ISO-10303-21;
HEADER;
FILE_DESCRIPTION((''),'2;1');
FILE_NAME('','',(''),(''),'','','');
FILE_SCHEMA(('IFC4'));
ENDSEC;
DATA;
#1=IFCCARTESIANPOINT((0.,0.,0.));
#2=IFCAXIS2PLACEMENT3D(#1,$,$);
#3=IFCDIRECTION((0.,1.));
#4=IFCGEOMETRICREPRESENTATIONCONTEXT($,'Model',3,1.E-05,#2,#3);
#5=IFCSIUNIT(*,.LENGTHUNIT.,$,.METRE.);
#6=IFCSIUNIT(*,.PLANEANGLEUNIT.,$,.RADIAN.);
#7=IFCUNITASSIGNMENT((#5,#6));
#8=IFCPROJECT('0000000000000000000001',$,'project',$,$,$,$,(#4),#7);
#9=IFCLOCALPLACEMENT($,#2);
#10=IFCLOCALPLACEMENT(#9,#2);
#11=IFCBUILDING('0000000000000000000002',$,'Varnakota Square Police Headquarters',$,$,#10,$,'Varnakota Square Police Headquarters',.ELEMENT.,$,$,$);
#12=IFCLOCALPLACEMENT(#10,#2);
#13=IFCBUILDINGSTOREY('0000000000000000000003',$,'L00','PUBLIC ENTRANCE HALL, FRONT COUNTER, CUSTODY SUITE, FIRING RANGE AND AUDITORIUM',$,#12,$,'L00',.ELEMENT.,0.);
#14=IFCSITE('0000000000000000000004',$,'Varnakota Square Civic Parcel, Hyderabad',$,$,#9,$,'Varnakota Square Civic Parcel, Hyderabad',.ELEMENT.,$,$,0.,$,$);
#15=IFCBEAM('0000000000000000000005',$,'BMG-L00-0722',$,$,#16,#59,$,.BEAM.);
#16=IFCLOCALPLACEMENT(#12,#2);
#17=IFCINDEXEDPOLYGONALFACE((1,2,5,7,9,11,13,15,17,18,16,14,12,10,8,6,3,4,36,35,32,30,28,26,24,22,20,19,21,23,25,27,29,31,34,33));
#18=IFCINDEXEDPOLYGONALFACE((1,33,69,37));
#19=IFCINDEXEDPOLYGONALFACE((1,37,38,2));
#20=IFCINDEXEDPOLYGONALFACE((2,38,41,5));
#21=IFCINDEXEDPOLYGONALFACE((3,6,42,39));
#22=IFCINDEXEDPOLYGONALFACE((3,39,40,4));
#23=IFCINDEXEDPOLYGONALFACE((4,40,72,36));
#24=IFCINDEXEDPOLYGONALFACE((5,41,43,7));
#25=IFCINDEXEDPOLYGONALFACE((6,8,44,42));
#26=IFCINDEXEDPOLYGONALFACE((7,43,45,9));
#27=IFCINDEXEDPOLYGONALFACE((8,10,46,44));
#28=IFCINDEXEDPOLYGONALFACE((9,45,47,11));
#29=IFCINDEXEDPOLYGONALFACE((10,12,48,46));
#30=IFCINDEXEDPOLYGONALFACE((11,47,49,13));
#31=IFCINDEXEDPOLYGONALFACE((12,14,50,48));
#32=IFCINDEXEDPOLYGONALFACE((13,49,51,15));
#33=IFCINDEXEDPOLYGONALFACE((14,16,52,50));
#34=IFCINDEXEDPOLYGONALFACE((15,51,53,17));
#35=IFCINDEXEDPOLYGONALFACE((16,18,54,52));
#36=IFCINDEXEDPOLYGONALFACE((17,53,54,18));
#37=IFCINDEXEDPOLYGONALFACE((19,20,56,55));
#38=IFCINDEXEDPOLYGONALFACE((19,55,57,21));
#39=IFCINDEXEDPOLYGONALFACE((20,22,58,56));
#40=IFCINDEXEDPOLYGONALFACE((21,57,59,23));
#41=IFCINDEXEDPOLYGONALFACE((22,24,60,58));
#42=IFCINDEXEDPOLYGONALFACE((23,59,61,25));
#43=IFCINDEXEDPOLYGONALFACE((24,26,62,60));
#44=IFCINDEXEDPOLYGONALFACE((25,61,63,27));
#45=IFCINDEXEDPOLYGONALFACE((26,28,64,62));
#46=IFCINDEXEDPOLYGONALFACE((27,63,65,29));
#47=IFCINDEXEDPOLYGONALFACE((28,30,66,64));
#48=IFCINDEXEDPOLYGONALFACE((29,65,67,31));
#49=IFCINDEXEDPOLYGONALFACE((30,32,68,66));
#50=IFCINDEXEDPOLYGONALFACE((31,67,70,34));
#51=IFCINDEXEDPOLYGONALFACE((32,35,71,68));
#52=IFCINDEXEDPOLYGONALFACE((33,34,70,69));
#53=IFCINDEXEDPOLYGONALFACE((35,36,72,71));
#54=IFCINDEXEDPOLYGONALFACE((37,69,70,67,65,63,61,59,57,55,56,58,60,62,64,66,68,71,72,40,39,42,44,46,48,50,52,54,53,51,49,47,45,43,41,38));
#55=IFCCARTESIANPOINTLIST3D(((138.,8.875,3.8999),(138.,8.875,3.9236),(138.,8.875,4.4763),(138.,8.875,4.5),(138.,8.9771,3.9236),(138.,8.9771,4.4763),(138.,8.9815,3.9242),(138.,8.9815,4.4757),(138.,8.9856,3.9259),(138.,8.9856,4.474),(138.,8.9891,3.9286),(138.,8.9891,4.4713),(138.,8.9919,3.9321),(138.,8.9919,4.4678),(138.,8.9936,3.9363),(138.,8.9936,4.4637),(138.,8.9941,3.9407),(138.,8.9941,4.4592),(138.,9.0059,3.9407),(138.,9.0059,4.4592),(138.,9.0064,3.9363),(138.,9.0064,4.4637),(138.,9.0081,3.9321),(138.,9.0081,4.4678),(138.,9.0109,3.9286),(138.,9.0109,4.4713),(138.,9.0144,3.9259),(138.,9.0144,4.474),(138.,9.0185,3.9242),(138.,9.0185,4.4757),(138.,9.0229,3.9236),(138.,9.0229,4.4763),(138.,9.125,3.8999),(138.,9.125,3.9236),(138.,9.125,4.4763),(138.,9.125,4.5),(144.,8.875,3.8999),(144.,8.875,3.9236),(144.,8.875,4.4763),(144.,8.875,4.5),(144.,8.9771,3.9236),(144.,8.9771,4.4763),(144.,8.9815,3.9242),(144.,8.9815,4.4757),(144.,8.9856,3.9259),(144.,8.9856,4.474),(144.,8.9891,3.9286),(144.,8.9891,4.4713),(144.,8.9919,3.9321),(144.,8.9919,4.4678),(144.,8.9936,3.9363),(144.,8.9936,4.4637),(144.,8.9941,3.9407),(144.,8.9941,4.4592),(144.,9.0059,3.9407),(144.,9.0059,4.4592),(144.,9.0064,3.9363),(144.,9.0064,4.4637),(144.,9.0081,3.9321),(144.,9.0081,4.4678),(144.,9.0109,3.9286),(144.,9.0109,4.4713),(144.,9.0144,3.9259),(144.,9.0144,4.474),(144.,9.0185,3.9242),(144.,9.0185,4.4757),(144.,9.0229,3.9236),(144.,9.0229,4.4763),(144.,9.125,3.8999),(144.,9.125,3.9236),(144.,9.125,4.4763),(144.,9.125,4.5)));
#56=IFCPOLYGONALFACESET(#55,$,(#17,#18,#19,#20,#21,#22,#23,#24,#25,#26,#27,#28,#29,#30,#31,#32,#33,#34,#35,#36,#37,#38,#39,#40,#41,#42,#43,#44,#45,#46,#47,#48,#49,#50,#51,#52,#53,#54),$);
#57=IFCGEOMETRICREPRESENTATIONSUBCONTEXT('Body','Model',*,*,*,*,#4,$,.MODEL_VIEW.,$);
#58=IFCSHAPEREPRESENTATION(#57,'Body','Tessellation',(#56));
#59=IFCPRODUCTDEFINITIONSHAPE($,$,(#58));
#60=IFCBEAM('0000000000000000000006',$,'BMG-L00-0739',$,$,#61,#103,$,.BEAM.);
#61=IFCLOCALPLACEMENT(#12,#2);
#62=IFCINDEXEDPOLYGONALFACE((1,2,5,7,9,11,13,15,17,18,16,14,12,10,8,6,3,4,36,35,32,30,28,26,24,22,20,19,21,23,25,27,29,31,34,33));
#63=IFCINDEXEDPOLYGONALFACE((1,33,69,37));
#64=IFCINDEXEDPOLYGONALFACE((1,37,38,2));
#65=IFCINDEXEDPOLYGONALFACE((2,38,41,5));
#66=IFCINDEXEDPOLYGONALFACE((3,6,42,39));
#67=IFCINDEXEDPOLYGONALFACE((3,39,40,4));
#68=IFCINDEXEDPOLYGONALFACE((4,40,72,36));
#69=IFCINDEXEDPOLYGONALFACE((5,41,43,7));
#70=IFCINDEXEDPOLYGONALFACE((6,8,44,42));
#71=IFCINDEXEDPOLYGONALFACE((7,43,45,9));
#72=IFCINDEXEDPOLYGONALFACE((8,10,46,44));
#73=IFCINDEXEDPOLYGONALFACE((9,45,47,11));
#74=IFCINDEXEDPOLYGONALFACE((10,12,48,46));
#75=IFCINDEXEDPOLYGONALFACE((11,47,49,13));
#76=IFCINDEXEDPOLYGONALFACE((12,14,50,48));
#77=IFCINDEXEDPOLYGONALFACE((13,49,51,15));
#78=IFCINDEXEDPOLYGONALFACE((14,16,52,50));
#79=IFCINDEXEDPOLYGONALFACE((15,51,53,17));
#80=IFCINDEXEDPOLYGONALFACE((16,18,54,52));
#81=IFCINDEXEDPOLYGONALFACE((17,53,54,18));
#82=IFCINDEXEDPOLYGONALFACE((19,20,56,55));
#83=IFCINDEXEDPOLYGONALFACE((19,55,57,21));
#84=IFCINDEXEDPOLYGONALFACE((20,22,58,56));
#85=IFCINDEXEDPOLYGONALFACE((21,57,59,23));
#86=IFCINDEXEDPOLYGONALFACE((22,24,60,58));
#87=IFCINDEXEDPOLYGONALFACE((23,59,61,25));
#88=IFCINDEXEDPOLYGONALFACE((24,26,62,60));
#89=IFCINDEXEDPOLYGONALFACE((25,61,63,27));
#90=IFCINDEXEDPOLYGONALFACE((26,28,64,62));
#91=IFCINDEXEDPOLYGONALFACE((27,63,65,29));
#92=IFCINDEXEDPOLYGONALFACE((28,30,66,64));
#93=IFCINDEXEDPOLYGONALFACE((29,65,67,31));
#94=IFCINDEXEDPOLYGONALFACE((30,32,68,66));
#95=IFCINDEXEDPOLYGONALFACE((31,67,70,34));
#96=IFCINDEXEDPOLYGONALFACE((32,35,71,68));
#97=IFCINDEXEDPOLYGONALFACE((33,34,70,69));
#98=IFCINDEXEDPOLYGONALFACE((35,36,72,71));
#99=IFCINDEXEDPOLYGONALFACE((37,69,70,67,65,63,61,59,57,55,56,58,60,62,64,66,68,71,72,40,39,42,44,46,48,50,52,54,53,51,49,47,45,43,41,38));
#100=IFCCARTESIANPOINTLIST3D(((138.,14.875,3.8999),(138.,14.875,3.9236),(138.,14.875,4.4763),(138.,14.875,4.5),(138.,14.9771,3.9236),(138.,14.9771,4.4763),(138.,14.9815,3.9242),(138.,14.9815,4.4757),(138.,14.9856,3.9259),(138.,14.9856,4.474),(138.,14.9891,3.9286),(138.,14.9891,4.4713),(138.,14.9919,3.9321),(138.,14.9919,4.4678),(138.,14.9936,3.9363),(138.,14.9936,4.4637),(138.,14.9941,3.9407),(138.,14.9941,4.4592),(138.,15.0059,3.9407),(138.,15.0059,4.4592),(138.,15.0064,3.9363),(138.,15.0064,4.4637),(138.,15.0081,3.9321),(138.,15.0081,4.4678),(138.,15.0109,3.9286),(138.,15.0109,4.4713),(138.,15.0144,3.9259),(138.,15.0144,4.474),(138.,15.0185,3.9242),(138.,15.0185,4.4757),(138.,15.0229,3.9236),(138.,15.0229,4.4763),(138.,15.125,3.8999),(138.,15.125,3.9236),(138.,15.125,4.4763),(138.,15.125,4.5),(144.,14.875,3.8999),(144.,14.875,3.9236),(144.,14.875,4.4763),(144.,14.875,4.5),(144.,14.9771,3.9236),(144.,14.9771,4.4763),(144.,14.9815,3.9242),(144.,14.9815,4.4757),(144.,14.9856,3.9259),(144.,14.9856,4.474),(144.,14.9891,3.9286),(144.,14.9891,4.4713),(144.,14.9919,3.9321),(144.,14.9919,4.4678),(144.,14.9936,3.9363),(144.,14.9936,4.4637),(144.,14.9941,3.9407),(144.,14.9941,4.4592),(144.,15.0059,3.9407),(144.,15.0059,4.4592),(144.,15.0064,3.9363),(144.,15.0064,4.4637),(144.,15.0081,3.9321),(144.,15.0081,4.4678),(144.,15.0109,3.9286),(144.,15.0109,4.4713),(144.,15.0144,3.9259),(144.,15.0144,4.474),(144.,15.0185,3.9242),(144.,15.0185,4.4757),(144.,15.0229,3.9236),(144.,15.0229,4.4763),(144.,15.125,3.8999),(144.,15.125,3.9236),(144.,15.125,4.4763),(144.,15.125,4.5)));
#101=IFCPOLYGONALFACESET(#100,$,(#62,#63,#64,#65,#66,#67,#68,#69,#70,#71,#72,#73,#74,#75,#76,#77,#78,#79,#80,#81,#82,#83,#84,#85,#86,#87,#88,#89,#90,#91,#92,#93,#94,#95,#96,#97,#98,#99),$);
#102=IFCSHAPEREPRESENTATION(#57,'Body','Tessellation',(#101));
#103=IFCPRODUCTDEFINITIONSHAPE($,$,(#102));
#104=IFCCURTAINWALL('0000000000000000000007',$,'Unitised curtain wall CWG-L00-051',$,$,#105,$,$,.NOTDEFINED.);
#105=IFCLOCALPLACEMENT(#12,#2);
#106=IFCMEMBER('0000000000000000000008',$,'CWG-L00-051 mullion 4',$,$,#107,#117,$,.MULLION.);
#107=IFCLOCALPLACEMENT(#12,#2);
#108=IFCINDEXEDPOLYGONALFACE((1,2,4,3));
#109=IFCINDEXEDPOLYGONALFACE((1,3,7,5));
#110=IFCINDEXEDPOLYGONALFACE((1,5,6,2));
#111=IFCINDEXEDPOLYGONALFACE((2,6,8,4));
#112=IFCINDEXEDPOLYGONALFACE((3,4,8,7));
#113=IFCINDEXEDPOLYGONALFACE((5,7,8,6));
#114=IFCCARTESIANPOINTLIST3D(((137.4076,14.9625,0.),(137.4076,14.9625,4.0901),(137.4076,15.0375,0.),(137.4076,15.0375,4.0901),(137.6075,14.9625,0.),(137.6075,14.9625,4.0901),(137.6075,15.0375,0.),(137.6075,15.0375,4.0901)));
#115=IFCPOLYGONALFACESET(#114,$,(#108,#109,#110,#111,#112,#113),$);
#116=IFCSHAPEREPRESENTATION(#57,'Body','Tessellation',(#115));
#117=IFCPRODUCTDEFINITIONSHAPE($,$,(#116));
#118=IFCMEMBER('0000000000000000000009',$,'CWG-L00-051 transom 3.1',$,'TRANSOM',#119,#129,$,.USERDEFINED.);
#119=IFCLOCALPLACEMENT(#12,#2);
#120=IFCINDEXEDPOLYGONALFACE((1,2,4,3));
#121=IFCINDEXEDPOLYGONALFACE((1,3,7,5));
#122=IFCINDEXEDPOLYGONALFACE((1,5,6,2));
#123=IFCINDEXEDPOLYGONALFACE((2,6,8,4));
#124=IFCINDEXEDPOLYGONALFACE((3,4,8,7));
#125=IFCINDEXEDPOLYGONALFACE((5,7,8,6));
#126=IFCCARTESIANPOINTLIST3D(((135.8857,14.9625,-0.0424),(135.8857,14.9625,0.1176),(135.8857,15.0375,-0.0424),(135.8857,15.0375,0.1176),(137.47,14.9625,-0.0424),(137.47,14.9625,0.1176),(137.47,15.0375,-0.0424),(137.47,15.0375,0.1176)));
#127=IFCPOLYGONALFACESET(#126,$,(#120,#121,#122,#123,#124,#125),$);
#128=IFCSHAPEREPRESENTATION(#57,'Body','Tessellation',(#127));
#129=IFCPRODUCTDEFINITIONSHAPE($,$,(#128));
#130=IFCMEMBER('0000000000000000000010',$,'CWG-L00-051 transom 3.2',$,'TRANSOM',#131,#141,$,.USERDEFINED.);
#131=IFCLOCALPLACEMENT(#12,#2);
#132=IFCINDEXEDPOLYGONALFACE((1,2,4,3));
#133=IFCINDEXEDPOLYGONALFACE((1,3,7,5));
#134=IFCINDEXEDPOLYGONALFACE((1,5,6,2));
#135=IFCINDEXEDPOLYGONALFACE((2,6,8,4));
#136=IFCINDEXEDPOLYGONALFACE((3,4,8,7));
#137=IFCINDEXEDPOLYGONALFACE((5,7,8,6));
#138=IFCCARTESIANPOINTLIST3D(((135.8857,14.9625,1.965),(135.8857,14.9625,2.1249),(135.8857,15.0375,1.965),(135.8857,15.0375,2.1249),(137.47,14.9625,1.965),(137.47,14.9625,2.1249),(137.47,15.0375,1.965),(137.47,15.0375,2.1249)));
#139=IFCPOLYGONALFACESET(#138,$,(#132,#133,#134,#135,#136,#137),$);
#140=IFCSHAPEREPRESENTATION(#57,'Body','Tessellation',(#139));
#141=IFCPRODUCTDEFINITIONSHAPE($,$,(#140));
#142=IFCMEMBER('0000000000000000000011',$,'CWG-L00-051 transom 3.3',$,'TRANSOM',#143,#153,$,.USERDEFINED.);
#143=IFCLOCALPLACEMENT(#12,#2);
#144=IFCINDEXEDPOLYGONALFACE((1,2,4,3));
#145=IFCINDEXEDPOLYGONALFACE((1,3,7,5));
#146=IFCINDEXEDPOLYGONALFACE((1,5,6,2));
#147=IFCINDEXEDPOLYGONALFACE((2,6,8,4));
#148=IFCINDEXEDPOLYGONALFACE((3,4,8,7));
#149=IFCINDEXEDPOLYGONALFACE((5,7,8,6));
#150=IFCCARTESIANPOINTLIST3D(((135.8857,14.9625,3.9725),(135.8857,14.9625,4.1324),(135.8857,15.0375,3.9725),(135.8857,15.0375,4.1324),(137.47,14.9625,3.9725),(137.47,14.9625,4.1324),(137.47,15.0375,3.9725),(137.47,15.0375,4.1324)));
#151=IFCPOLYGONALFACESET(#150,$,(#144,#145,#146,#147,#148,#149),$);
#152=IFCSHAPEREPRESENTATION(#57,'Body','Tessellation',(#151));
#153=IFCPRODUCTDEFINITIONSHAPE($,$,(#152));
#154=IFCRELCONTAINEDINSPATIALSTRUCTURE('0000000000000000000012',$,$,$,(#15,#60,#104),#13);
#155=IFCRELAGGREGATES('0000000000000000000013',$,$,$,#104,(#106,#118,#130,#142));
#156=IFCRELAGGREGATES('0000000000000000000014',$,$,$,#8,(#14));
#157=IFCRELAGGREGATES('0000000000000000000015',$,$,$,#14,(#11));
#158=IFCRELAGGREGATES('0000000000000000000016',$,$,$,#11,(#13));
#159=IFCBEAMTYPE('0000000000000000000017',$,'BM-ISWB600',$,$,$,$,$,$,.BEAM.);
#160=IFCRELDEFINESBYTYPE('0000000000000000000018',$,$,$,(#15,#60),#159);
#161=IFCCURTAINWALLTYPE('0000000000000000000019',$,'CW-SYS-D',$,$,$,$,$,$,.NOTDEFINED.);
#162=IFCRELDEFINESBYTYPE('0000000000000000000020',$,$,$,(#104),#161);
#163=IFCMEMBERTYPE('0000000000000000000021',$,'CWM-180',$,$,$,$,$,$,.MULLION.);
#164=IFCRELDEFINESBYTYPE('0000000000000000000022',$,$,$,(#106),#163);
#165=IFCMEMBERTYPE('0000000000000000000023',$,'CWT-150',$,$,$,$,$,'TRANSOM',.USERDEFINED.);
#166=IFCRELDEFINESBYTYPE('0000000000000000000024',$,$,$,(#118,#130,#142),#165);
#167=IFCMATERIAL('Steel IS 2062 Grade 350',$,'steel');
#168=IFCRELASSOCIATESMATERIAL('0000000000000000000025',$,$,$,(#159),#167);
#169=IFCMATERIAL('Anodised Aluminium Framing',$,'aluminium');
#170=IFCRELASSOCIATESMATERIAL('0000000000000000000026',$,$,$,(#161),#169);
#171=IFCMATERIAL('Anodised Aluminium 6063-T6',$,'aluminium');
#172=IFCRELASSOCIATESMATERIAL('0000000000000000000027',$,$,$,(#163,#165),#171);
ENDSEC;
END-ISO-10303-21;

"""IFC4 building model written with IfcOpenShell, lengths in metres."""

from ifc_helpers import new_model, si_unit, direction, frame, origin, origin_2d, place, context, subcontext, project, spatial, rectangle, i_section, extrude, material, material_profile, profile_set, type_object, element, aggregate, save


model = new_model("IFC4")

# Units and contexts
model_context = context("Model", 3, precision=1e-05, world=origin(), true_north=direction((0.0, 1.0)))
body_context = subcontext(model_context, "Body", "Model", "MODEL_VIEW")
ifc_project = project(units=[si_unit("LENGTHUNIT", "METRE"), si_unit("PLANEANGLEUNIT", "RADIAN")], contexts=[model_context])

# Site, building, storey
site_placement = place(None, origin())
site = spatial("IfcSite", under=ifc_project, at=site_placement, Name="Varnakota Square Civic Parcel, Hyderabad", LongName="Varnakota Square Civic Parcel, Hyderabad", CompositionType="ELEMENT", RefElevation=0.0)
building_placement = place(site_placement, origin())
building = spatial("IfcBuilding", under=site, at=building_placement, Name="Varnakota Square Police Headquarters", LongName="Varnakota Square Police Headquarters", CompositionType="ELEMENT")
storey_placement = place(building_placement, origin())
storey = spatial("IfcBuildingStorey", under=building, at=storey_placement, Name="L00", Description="PUBLIC ENTRANCE HALL, FRONT COUNTER, CUSTODY SUITE, FIRING RANGE AND AUDITORIUM", LongName="L00", CompositionType="ELEMENT", Elevation=0.0)

# Beams
ifc_material_1 = material(Name="Steel IS 2062 Grade 350", Category="steel")
ifc_material_profile_1 = material_profile(ifc_material_1, i_section(OverallWidth=0.25, OverallDepth=0.6001, WebThickness=0.0117, FlangeThickness=0.0237, FilletRadius=0.0171, at=origin_2d()), Name="ISWB 600")
ifc_profile_set_1 = profile_set([ifc_material_profile_1], Name="Steel IS 2062 Grade 350")
beam_type_1 = type_object("IfcBeamType", Name="BM-ISWB600", PredefinedType="BEAM", material=ifc_profile_set_1)
for number, where, z_axis, x_axis, name in (
    (1, (138.0, 9.0, 4.2), (1.0, 0.0, 0.0), (0.0, 1.0, 0.0), "BMG-L00-0722"),
    (2, (138.0, 15.0, 4.2), (1.0, 0.0, 0.0), (0.0, 1.0, 0.0), "BMG-L00-0739"),
):
    element("IfcBeam", number, at=place(storey_placement, frame(where, z_axis=z_axis, x_axis=x_axis)), inside=storey, type_object=beam_type_1, Name=name, PredefinedType="BEAM", context=body_context, shape_type="SweptSolid", body=[
        extrude(i_section(OverallWidth=0.25, OverallDepth=0.6001, WebThickness=0.0117, FlangeThickness=0.0237, FilletRadius=0.0171, at=origin_2d()), origin(), (0.0, 0.0, 1.0), 6.0),
    ])

# Curtain wall, members
ifc_material_2 = material(Name="Anodised Aluminium Framing", Category="aluminium")
curtain_wall_type = type_object("IfcCurtainWallType", Name="CW-SYS-D", PredefinedType="NOTDEFINED", material=ifc_material_2)
curtain_wall_placement = place(storey_placement, origin())
curtain_wall = element("IfcCurtainWall", 3, at=curtain_wall_placement, inside=storey, type_object=curtain_wall_type, Name="Unitised curtain wall CWG-L00-051", PredefinedType="NOTDEFINED")
ifc_material_3 = material(Name="Anodised Aluminium 6063-T6", Category="aluminium")
ifc_material_profile_2 = material_profile(ifc_material_3, rectangle(XDim=0.075, YDim=0.2, at=origin_2d()), Name="ALU MULLION 75x200")
ifc_profile_set_2 = profile_set([ifc_material_profile_2], Name="Anodised Aluminium 6063-T6")
member_type_1 = type_object("IfcMemberType", Name="CWM-180", PredefinedType="MULLION", material=ifc_profile_set_2)
member_1_placement = place(storey_placement, frame((137.5076, 15.0, 0.0), z_axis=(0.0, 0.0, 1.0), x_axis=(0.0, 1.0, 0.0)))
member_1 = element("IfcMember", 4, at=member_1_placement, type_object=member_type_1, Name="CWG-L00-051 mullion 4", PredefinedType="MULLION", context=body_context, shape_type="SweptSolid", body=[
    extrude(rectangle(XDim=0.075, YDim=0.2, at=origin_2d()), origin(), (0.0, 0.0, 1.0), 4.0901),
])
ifc_material_profile_3 = material_profile(ifc_material_3, rectangle(XDim=0.075, YDim=0.1599, at=origin_2d()), Name="ALU TRANSOM 75x160")
ifc_profile_set_3 = profile_set([ifc_material_profile_3], Name="Anodised Aluminium 6063-T6")
member_type_2 = type_object("IfcMemberType", Name="CWT-150", ElementType="TRANSOM", PredefinedType="USERDEFINED", material=ifc_profile_set_3)
member_2_placement = place(storey_placement, frame((135.8857, 15.0, 0.0376), z_axis=(1.0, 0.0, 0.0), x_axis=(0.0, 1.0, 0.0)))
member_2 = element("IfcMember", 5, at=member_2_placement, type_object=member_type_2, Name="CWG-L00-051 transom 3.1", ObjectType="TRANSOM", PredefinedType="USERDEFINED", context=body_context, shape_type="SweptSolid", body=[
    extrude(rectangle(XDim=0.075, YDim=0.1599, at=origin_2d()), origin(), (0.0, 0.0, 1.0), 1.5842),
])
member_3_placement = place(storey_placement, frame((135.8857, 15.0, 2.0449), z_axis=(1.0, 0.0, 0.0), x_axis=(0.0, 1.0, 0.0)))
member_3 = element("IfcMember", 6, at=member_3_placement, type_object=member_type_2, Name="CWG-L00-051 transom 3.2", ObjectType="TRANSOM", PredefinedType="USERDEFINED", context=body_context, shape_type="SweptSolid", body=[
    extrude(rectangle(XDim=0.075, YDim=0.1599, at=origin_2d()), origin(), (0.0, 0.0, 1.0), 1.5842),
])
member_4_placement = place(storey_placement, frame((135.8857, 15.0, 4.0525), z_axis=(1.0, 0.0, 0.0), x_axis=(0.0, 1.0, 0.0)))
member_4 = element("IfcMember", 7, at=member_4_placement, type_object=member_type_2, Name="CWG-L00-051 transom 3.3", ObjectType="TRANSOM", PredefinedType="USERDEFINED", context=body_context, shape_type="SweptSolid", body=[
    extrude(rectangle(XDim=0.075, YDim=0.1599, at=origin_2d()), origin(), (0.0, 0.0, 1.0), 1.5842),
])

aggregate(curtain_wall, [member_1, member_2, member_3, member_4])

save(model, "model.ifc")
